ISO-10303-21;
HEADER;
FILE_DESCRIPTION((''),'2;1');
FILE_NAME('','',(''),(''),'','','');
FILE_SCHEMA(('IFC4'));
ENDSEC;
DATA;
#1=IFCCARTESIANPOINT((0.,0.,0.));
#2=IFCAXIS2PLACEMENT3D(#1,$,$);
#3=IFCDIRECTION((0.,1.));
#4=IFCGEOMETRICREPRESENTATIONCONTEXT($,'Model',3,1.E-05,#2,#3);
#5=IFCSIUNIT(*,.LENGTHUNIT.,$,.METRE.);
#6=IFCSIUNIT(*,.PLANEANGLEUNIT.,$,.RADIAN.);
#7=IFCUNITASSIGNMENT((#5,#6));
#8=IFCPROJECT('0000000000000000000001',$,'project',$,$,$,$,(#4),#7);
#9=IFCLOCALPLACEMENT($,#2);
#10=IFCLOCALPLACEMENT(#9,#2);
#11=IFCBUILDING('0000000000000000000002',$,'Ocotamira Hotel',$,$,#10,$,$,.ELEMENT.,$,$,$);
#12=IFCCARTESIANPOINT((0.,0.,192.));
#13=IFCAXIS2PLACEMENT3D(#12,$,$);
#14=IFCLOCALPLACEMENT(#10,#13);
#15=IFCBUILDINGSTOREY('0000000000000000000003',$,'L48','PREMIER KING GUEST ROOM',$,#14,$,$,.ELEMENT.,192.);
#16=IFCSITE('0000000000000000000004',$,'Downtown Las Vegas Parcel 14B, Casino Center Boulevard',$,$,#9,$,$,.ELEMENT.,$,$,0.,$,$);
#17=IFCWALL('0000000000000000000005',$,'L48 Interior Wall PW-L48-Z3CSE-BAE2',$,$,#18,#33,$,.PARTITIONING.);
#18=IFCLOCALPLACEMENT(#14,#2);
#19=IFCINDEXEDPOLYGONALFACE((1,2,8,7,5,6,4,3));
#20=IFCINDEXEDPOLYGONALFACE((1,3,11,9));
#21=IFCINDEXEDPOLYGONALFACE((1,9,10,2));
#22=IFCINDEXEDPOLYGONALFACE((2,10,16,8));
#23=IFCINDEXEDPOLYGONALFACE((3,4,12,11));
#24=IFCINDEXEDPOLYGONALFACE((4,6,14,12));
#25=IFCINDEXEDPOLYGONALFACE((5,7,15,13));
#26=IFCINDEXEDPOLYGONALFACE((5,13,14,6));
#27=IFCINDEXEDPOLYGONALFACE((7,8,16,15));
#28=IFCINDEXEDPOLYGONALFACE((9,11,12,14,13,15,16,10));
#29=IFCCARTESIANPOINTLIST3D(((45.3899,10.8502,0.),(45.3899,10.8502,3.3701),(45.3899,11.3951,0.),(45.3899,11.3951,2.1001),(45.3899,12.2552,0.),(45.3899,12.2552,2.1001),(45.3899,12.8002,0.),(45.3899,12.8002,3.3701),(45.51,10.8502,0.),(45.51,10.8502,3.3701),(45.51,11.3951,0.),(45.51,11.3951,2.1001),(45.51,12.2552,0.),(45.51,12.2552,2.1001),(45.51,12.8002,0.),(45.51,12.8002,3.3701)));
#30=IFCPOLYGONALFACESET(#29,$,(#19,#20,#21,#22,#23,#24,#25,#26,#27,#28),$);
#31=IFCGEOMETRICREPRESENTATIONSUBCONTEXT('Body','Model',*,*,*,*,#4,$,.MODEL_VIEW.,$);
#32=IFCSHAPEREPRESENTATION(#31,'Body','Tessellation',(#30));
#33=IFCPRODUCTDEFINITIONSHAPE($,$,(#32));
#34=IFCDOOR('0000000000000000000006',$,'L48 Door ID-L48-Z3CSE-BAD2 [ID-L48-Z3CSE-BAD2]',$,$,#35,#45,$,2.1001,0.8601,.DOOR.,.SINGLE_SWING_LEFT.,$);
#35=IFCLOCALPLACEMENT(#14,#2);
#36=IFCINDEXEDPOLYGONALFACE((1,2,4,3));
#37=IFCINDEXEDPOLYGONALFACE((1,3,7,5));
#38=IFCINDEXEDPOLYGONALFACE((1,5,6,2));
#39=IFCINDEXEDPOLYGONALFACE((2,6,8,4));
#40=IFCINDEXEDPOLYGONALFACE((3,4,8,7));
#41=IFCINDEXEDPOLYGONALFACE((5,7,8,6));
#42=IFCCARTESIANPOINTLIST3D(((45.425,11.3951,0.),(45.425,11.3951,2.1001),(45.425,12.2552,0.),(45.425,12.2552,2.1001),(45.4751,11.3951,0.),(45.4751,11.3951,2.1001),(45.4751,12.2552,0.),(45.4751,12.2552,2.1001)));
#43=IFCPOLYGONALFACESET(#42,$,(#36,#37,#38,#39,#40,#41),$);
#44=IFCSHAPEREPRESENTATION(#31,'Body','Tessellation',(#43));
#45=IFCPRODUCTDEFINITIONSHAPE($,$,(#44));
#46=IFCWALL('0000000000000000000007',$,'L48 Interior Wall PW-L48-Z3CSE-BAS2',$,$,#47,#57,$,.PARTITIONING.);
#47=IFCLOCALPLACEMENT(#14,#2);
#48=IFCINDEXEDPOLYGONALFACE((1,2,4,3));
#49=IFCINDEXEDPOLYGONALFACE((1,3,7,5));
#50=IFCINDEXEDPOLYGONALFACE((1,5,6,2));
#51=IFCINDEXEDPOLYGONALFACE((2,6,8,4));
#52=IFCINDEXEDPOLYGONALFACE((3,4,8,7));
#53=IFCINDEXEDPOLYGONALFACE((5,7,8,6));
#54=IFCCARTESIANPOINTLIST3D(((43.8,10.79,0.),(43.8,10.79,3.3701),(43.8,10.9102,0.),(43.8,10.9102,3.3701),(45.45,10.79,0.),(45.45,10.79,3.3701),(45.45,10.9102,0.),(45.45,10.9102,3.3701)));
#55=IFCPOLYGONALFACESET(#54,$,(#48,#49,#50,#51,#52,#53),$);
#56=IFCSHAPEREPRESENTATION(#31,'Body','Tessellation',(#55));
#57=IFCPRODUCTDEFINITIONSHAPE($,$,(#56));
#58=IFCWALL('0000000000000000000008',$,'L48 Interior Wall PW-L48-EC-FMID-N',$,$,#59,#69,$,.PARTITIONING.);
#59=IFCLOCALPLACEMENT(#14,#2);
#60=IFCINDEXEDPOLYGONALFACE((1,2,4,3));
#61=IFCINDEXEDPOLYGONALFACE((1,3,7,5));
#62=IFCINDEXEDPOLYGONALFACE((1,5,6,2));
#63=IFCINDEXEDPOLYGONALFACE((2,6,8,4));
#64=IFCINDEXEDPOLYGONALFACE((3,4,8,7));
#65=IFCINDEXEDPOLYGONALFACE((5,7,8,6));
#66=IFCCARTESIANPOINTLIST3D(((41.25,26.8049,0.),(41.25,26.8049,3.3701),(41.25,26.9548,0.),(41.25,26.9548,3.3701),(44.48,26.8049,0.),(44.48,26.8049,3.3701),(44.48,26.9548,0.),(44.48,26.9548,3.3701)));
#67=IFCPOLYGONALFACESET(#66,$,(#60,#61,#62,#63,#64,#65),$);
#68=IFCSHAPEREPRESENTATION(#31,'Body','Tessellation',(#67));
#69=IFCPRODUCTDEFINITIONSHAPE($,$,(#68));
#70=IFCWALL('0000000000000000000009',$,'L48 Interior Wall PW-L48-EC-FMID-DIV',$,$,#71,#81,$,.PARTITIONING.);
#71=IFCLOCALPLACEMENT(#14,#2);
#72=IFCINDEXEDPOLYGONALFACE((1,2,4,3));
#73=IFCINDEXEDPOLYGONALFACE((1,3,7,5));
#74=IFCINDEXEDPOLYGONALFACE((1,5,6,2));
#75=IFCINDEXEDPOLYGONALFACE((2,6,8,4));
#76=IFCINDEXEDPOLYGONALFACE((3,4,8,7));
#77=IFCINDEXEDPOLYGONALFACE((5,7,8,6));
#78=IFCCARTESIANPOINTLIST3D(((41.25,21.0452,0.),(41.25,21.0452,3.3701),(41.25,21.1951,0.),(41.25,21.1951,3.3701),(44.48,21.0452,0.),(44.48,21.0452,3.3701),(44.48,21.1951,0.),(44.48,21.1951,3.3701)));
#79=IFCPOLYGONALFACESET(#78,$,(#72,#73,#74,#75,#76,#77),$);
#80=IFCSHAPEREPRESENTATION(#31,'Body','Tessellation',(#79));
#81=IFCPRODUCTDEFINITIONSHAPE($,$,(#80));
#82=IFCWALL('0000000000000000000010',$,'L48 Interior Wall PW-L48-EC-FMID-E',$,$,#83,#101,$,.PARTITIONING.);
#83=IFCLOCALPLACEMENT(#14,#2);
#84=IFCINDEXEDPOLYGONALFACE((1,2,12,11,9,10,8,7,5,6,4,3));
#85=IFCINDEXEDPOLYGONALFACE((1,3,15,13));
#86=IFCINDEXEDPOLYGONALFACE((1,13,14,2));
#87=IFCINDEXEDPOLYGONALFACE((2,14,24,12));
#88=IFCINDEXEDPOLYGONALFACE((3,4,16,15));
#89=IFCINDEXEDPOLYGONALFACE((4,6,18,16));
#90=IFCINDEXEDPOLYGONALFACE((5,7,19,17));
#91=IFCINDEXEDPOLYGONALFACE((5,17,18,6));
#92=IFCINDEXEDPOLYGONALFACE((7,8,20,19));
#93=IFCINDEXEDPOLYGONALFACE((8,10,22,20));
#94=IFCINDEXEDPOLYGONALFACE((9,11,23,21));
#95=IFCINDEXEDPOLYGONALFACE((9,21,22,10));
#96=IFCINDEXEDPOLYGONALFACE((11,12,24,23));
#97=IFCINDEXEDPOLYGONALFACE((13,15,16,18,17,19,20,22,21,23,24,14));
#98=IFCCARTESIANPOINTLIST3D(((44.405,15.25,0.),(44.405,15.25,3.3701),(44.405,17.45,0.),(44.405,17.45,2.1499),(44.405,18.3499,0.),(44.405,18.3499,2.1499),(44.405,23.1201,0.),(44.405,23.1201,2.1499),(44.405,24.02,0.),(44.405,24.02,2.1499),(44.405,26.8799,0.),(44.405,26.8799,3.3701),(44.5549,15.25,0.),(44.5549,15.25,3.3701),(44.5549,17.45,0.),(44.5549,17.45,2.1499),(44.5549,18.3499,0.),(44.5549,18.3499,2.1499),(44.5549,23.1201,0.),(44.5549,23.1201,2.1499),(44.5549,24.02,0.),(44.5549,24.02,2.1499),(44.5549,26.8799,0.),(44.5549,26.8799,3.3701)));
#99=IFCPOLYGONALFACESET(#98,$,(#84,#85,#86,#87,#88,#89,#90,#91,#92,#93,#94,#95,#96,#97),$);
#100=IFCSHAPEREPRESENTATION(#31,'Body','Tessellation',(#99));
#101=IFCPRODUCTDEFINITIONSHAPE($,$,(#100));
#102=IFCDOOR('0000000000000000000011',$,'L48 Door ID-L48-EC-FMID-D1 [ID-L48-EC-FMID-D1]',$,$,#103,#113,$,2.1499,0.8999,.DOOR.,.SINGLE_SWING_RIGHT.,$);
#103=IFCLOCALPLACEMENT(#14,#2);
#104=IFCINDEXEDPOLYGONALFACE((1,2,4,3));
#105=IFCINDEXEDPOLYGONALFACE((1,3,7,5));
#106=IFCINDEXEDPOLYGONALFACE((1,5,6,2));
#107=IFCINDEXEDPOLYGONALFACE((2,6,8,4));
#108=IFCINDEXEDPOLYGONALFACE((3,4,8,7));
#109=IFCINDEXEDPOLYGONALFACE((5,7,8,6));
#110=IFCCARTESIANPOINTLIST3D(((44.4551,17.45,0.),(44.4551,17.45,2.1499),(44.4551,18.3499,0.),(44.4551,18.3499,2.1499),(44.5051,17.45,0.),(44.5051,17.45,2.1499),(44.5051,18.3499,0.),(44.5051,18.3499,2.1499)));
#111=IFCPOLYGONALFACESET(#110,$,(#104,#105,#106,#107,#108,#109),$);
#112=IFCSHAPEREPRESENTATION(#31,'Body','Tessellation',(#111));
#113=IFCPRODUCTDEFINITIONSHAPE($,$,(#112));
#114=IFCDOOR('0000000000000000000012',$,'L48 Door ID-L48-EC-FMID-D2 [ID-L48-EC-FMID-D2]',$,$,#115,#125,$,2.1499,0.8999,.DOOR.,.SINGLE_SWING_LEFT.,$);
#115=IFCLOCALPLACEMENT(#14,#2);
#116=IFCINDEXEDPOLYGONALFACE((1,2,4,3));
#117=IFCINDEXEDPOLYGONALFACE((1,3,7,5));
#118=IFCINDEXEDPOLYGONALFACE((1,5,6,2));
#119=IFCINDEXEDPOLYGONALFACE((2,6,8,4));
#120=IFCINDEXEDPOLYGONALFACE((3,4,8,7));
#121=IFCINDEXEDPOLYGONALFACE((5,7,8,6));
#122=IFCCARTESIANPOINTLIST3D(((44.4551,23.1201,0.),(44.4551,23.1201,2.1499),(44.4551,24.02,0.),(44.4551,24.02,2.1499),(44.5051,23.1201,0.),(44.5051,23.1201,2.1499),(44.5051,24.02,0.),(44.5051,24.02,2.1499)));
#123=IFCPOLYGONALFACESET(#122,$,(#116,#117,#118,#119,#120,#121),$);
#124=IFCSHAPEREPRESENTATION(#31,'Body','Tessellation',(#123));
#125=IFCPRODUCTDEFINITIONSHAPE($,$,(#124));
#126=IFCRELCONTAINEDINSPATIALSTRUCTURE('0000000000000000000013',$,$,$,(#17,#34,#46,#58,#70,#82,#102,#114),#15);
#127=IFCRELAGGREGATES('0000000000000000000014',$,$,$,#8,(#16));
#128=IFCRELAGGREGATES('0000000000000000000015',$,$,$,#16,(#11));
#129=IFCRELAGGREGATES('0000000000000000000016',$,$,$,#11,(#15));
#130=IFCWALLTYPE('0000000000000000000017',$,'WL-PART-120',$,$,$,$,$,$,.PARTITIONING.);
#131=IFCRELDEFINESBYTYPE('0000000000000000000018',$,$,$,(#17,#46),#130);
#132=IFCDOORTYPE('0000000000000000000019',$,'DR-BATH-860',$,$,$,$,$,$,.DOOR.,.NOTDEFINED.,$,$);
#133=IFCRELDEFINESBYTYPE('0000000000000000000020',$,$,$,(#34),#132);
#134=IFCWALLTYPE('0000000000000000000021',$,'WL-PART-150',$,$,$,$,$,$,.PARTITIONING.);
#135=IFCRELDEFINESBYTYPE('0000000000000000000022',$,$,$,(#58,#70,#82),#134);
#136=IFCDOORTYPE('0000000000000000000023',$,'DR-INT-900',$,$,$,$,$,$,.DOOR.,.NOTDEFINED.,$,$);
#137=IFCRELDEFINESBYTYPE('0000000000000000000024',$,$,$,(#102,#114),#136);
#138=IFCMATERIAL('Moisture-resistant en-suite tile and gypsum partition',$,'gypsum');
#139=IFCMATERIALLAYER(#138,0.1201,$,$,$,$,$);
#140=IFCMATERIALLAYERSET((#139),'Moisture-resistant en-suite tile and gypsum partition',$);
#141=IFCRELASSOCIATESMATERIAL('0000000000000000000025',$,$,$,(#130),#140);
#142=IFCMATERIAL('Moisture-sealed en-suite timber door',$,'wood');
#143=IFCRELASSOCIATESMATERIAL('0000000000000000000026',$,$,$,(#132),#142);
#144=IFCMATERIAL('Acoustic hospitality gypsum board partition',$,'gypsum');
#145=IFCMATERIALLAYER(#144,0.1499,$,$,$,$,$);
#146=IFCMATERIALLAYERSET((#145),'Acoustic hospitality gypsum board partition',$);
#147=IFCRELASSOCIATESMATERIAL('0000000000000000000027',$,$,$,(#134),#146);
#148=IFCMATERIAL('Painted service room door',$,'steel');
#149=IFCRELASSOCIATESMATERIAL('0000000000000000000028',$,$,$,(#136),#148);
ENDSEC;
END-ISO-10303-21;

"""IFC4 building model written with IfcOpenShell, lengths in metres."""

from ifc_helpers import new_model, si_unit, direction, frame, frame_2d, origin, place, context, subcontext, project, spatial, rectangle, extrude, source, transform, mapped, material, layer, layer_set, type_object, element, fill, save


model = new_model("IFC4")

# Units and contexts
model_context = context("Model", 3, precision=1e-05, world=origin(), true_north=direction((0.0, 1.0)))
body_context = subcontext(model_context, "Body", "Model", "MODEL_VIEW")
ifc_project = project(units=[si_unit("LENGTHUNIT", "METRE"), si_unit("PLANEANGLEUNIT", "RADIAN")], contexts=[model_context])

# Site, building, storey
site_placement = place(None, origin())
site = spatial("IfcSite", under=ifc_project, at=site_placement, Name="Downtown Las Vegas Parcel 14B, Casino Center Boulevard", CompositionType="ELEMENT", RefElevation=0.0)
building_placement = place(site_placement, origin())
building = spatial("IfcBuilding", under=site, at=building_placement, Name="Ocotamira Hotel", CompositionType="ELEMENT")
storey_placement = place(building_placement, frame((0.0, 0.0, 192.0)))
storey = spatial("IfcBuildingStorey", under=building, at=storey_placement, Name="L48", Description="PREMIER KING GUEST ROOM", CompositionType="ELEMENT", Elevation=192.0)

# Wall, opening, door
ifc_material_1 = material(Name="Moisture-resistant en-suite tile and gypsum partition", Category="gypsum")
ifc_layer_1 = layer(ifc_material_1, 0.1201)
ifc_layer_set_1 = layer_set([ifc_layer_1], Name="Moisture-resistant en-suite tile and gypsum partition")
wall_type_1 = type_object("IfcWallType", Name="WL-PART-120", PredefinedType="PARTITIONING", material=ifc_layer_set_1)
wall_1_placement = place(storey_placement, frame((45.45, 10.8501, 0.0), z_axis=(0.0, 0.0, 1.0), x_axis=(0.0, 1.0, 0.0)))
wall_1 = element("IfcWall", 1, at=wall_1_placement, inside=storey, type_object=wall_type_1, Name="L48 Interior Wall PW-L48-Z3CSE-BAE2", PredefinedType="PARTITIONING", context=body_context, shape_type="SweptSolid", body=[
    extrude(rectangle(XDim=1.95, YDim=0.1201, at=frame_2d((0.9751, 0.0))), origin(), (0.0, 0.0, 1.0), 3.3701),
])
opening_1_placement = place(wall_1_placement, frame((0.5449, 0.0, 0.0)))
opening_1 = element("IfcOpeningElement", 2, at=opening_1_placement, cuts=wall_1, PredefinedType="OPENING", context=body_context, shape_type="SweptSolid", body=[
    extrude(rectangle(XDim=0.8601, YDim=2.1001, at=frame_2d((0.4302, 1.05))), frame((0.0, 0.0701, 0.0), z_axis=(0.0, -1.0, 0.0), x_axis=(1.0, 0.0, 0.0)), (0.0, 0.0, 1.0), 0.1401),
])
ifc_material_2 = material(Name="Moisture-sealed en-suite timber door", Category="wood")
door_type_1 = type_object("IfcDoorType", Name="DR-BATH-860", OperationType="NOTDEFINED", PredefinedType="DOOR", material=ifc_material_2)
shared_shape_1 = source(origin(), body_context, "Body", "SweptSolid", [
    extrude(rectangle(XDim=0.8601, YDim=2.1001, at=frame_2d((0.4302, 1.05))), frame((0.0, 0.0249, 0.0), z_axis=(0.0, -1.0, 0.0), x_axis=(1.0, 0.0, 0.0)), (0.0, 0.0, 1.0), 0.05),
])
door_1_placement = place(opening_1_placement, origin())
door_1 = element("IfcDoor", 3, at=door_1_placement, inside=storey, type_object=door_type_1, Name="L48 Door ID-L48-Z3CSE-BAD2 [ID-L48-Z3CSE-BAD2]", OperationType="SINGLE_SWING_LEFT", OverallHeight=2.1001, OverallWidth=0.8601, PredefinedType="DOOR", context=body_context, shape_type="MappedRepresentation", body=[
    mapped(shared_shape_1, transform((0.0, 0.0, 0.0), scale=1.0)),
])
fill(opening_1, door_1)

# Walls
wall_2_placement = place(storey_placement, frame((43.8, 10.8501, 0.0), z_axis=(0.0, 0.0, 1.0), x_axis=(1.0, 0.0, 0.0)))
element("IfcWall", 4, at=wall_2_placement, inside=storey, type_object=wall_type_1, Name="L48 Interior Wall PW-L48-Z3CSE-BAS2", PredefinedType="PARTITIONING", context=body_context, shape_type="SweptSolid", body=[
    extrude(rectangle(XDim=1.6499, YDim=0.1201, at=frame_2d((0.825, 0.0))), origin(), (0.0, 0.0, 1.0), 3.3701),
])
ifc_material_3 = material(Name="Acoustic hospitality gypsum board partition", Category="gypsum")
ifc_layer_2 = layer(ifc_material_3, 0.1499)
ifc_layer_set_2 = layer_set([ifc_layer_2], Name="Acoustic hospitality gypsum board partition")
wall_type_2 = type_object("IfcWallType", Name="WL-PART-150", PredefinedType="PARTITIONING", material=ifc_layer_set_2)
for number, where, z_axis, x_axis, name in (
    (5, (41.25, 26.8799, 0.0), (0.0, 0.0, 1.0), (1.0, 0.0, 0.0), "L48 Interior Wall PW-L48-EC-FMID-N"),
    (6, (41.25, 21.1201, 0.0), (0.0, 0.0, 1.0), (1.0, 0.0, 0.0), "L48 Interior Wall PW-L48-EC-FMID-DIV"),
):
    element("IfcWall", number, at=place(storey_placement, frame(where, z_axis=z_axis, x_axis=x_axis)), inside=storey, type_object=wall_type_2, Name=name, PredefinedType="PARTITIONING", context=body_context, shape_type="SweptSolid", body=[
        extrude(rectangle(XDim=3.23, YDim=0.1499, at=frame_2d((1.615, 0.0))), origin(), (0.0, 0.0, 1.0), 3.3701),
    ])

# Wall, openings, doors
wall_3_placement = place(storey_placement, frame((44.48, 15.25, 0.0), z_axis=(0.0, 0.0, 1.0), x_axis=(0.0, 1.0, 0.0)))
wall_3 = element("IfcWall", 7, at=wall_3_placement, inside=storey, type_object=wall_type_2, Name="L48 Interior Wall PW-L48-EC-FMID-E", PredefinedType="PARTITIONING", context=body_context, shape_type="SweptSolid", body=[
    extrude(rectangle(XDim=11.6299, YDim=0.1499, at=frame_2d((5.8149, 0.0))), origin(), (0.0, 0.0, 1.0), 3.3701),
])
opening_2_placement = place(wall_3_placement, frame((2.2, 0.0, 0.0)))
opening_2 = element("IfcOpeningElement", 8, at=opening_2_placement, cuts=wall_3, PredefinedType="OPENING", context=body_context, shape_type="SweptSolid", body=[
    extrude(rectangle(XDim=0.8999, YDim=2.1499, at=frame_2d((0.45, 1.075))), frame((0.0, 0.085, 0.0), z_axis=(0.0, -1.0, 0.0), x_axis=(1.0, 0.0, 0.0)), (0.0, 0.0, 1.0), 0.1699),
])
opening_3_placement = place(wall_3_placement, frame((7.8701, 0.0, 0.0)))
opening_3 = element("IfcOpeningElement", 9, at=opening_3_placement, cuts=wall_3, PredefinedType="OPENING", context=body_context, shape_type="SweptSolid", body=[
    extrude(rectangle(XDim=0.8999, YDim=2.1499, at=frame_2d((0.45, 1.075))), frame((0.0, 0.085, 0.0), z_axis=(0.0, -1.0, 0.0), x_axis=(1.0, 0.0, 0.0)), (0.0, 0.0, 1.0), 0.1699),
])
ifc_material_4 = material(Name="Painted service room door", Category="steel")
door_type_2 = type_object("IfcDoorType", Name="DR-INT-900", OperationType="NOTDEFINED", PredefinedType="DOOR", material=ifc_material_4)
shared_shape_2 = source(origin(), body_context, "Body", "SweptSolid", [
    extrude(rectangle(XDim=0.8999, YDim=2.1499, at=frame_2d((0.45, 1.075))), frame((0.0, 0.0249, 0.0), z_axis=(0.0, -1.0, 0.0), x_axis=(1.0, 0.0, 0.0)), (0.0, 0.0, 1.0), 0.05),
])
door_2_placement = place(opening_2_placement, origin())
door_2 = element("IfcDoor", 10, at=door_2_placement, inside=storey, type_object=door_type_2, Name="L48 Door ID-L48-EC-FMID-D1 [ID-L48-EC-FMID-D1]", OperationType="SINGLE_SWING_RIGHT", OverallHeight=2.1499, OverallWidth=0.8999, PredefinedType="DOOR", context=body_context, shape_type="MappedRepresentation", body=[
    mapped(shared_shape_2, transform((0.0, 0.0, 0.0), scale=1.0)),
])
fill(opening_2, door_2)
door_3_placement = place(opening_3_placement, origin())
door_3 = element("IfcDoor", 11, at=door_3_placement, inside=storey, type_object=door_type_2, Name="L48 Door ID-L48-EC-FMID-D2 [ID-L48-EC-FMID-D2]", OperationType="SINGLE_SWING_LEFT", OverallHeight=2.1499, OverallWidth=0.8999, PredefinedType="DOOR", context=body_context, shape_type="MappedRepresentation", body=[
    mapped(shared_shape_2, transform((0.0, 0.0, 0.0), scale=1.0)),
])
fill(opening_3, door_3)

save(model, "model.ifc")
